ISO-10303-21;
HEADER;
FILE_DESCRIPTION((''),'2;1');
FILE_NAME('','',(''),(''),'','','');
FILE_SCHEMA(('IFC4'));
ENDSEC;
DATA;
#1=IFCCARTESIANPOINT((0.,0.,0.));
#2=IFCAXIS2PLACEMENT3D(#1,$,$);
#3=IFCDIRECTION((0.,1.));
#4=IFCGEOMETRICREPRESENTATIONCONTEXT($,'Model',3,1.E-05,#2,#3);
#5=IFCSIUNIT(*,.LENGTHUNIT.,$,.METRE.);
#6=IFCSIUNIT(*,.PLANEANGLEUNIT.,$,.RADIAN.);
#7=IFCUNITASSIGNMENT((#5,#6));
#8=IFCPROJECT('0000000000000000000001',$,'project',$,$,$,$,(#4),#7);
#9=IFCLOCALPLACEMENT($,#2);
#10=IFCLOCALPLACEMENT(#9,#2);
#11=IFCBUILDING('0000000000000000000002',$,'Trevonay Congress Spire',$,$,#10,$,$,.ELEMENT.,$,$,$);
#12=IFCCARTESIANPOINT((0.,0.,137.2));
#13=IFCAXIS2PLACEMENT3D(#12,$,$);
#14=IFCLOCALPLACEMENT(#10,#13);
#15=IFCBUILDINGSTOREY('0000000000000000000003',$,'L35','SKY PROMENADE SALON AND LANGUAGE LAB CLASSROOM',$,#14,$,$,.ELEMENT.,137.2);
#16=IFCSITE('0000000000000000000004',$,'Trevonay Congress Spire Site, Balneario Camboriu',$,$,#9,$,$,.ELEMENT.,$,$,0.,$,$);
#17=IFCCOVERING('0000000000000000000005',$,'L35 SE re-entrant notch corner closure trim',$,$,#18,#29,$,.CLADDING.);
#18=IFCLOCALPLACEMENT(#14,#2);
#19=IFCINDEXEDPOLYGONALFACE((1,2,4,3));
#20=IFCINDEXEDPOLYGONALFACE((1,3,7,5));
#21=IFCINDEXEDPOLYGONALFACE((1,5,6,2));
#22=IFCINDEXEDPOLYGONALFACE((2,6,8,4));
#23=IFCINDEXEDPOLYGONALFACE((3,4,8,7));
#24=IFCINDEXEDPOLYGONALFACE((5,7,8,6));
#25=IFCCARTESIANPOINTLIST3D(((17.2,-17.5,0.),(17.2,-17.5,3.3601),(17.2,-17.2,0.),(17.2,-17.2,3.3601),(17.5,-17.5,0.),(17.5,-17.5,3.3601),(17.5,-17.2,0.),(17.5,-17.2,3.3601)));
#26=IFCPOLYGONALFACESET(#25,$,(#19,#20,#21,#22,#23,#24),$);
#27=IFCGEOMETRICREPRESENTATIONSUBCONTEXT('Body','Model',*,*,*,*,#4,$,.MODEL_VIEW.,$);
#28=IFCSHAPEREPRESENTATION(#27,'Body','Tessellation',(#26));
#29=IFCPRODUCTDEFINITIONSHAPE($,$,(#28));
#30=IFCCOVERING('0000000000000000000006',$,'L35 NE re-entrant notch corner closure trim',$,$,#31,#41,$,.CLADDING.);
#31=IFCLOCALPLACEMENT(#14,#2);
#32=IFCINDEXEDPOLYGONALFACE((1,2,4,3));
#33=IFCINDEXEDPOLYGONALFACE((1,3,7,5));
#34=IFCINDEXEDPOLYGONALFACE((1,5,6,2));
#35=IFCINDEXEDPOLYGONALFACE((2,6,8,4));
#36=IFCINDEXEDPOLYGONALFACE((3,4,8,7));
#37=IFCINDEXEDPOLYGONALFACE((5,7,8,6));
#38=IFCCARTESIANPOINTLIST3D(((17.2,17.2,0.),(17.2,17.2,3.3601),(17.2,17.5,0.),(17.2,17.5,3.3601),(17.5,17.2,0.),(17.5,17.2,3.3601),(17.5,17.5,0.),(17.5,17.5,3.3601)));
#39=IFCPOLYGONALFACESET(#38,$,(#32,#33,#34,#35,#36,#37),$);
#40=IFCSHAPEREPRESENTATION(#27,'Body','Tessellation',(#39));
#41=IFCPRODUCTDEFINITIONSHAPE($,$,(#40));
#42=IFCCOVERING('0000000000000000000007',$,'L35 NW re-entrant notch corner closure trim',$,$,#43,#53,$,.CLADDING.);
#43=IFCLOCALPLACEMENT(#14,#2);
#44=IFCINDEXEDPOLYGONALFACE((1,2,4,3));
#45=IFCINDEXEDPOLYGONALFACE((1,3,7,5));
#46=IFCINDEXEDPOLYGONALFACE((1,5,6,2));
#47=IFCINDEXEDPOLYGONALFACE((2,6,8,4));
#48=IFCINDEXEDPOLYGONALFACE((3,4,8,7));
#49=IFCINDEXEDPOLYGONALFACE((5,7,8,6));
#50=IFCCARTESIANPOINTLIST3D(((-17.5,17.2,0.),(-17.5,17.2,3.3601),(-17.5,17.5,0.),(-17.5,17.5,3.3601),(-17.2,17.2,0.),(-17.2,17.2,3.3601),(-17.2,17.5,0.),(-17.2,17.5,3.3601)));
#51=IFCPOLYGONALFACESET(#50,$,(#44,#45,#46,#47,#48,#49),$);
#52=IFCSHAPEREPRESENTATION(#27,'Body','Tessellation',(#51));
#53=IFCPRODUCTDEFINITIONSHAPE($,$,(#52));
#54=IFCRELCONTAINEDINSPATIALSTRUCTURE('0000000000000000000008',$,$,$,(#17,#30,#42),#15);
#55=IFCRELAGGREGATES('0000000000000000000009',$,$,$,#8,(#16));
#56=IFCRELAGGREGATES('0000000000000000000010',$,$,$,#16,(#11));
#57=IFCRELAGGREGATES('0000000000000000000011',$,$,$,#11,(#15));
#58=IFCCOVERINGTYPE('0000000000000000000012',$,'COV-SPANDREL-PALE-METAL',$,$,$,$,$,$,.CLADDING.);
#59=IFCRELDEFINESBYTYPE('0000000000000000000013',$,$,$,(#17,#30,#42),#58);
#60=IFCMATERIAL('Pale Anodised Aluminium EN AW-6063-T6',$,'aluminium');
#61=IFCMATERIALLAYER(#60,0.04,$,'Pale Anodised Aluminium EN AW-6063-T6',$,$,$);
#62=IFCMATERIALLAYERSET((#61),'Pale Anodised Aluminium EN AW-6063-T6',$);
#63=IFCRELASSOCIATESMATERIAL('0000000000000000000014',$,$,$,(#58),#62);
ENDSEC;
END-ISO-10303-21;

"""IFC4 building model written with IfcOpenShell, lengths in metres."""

from ifc_helpers import new_model, si_unit, direction, frame, origin, place, context, subcontext, project, spatial, polyline, outline, extrude, material, layer, layer_set, type_object, element, save


model = new_model("IFC4")

# Units and contexts
model_context = context("Model", 3, precision=1e-05, world=origin(), true_north=direction((0.0, 1.0)))
body_context = subcontext(model_context, "Body", "Model", "MODEL_VIEW")
ifc_project = project(units=[si_unit("LENGTHUNIT", "METRE"), si_unit("PLANEANGLEUNIT", "RADIAN")], contexts=[model_context])

# Site, building, storey
site_placement = place(None, origin())
site = spatial("IfcSite", under=ifc_project, at=site_placement, Name="Trevonay Congress Spire Site, Balneario Camboriu", CompositionType="ELEMENT", RefElevation=0.0)
building_placement = place(site_placement, origin())
building = spatial("IfcBuilding", under=site, at=building_placement, Name="Trevonay Congress Spire", CompositionType="ELEMENT")
storey_placement = place(building_placement, frame((0.0, 0.0, 137.2)))
storey = spatial("IfcBuildingStorey", under=building, at=storey_placement, Name="L35", Description="SKY PROMENADE SALON AND LANGUAGE LAB CLASSROOM", CompositionType="ELEMENT", Elevation=137.2)

# Shared definitions
ifc_material_1 = material(Name="Pale Anodised Aluminium EN AW-6063-T6", Category="aluminium")

# Coverings
ifc_layer_1 = layer(ifc_material_1, 0.04, Name="Pale Anodised Aluminium EN AW-6063-T6")
ifc_layer_set_1 = layer_set([ifc_layer_1], Name="Pale Anodised Aluminium EN AW-6063-T6")
covering_type_1 = type_object("IfcCoveringType", Name="COV-SPANDREL-PALE-METAL", PredefinedType="CLADDING", material=ifc_layer_set_1)
covering_1_placement = place(storey_placement, origin())
element("IfcCovering", 1, at=covering_1_placement, inside=storey, type_object=covering_type_1, Name="L35 SE re-entrant notch corner closure trim", PredefinedType="CLADDING", context=body_context, shape_type="SweptSolid", body=[
    extrude(outline(polyline([(17.2, -17.5), (17.5, -17.5), (17.5, -17.2), (17.2, -17.2), (17.2, -17.5)])), origin(), (0.0, 0.0, 1.0), 3.3601),
])
covering_2_placement = place(storey_placement, origin())
element("IfcCovering", 2, at=covering_2_placement, inside=storey, type_object=covering_type_1, Name="L35 NE re-entrant notch corner closure trim", PredefinedType="CLADDING", context=body_context, shape_type="SweptSolid", body=[
    extrude(outline(polyline([(17.2, 17.2), (17.5, 17.2), (17.5, 17.5), (17.2, 17.5), (17.2, 17.2)])), origin(), (0.0, 0.0, 1.0), 3.3601),
])
covering_3_placement = place(storey_placement, origin())
element("IfcCovering", 3, at=covering_3_placement, inside=storey, type_object=covering_type_1, Name="L35 NW re-entrant notch corner closure trim", PredefinedType="CLADDING", context=body_context, shape_type="SweptSolid", body=[
    extrude(outline(polyline([(-17.5, 17.2), (-17.2, 17.2), (-17.2, 17.5), (-17.5, 17.5), (-17.5, 17.2)])), origin(), (0.0, 0.0, 1.0), 3.3601),
])

save(model, "model.ifc")
